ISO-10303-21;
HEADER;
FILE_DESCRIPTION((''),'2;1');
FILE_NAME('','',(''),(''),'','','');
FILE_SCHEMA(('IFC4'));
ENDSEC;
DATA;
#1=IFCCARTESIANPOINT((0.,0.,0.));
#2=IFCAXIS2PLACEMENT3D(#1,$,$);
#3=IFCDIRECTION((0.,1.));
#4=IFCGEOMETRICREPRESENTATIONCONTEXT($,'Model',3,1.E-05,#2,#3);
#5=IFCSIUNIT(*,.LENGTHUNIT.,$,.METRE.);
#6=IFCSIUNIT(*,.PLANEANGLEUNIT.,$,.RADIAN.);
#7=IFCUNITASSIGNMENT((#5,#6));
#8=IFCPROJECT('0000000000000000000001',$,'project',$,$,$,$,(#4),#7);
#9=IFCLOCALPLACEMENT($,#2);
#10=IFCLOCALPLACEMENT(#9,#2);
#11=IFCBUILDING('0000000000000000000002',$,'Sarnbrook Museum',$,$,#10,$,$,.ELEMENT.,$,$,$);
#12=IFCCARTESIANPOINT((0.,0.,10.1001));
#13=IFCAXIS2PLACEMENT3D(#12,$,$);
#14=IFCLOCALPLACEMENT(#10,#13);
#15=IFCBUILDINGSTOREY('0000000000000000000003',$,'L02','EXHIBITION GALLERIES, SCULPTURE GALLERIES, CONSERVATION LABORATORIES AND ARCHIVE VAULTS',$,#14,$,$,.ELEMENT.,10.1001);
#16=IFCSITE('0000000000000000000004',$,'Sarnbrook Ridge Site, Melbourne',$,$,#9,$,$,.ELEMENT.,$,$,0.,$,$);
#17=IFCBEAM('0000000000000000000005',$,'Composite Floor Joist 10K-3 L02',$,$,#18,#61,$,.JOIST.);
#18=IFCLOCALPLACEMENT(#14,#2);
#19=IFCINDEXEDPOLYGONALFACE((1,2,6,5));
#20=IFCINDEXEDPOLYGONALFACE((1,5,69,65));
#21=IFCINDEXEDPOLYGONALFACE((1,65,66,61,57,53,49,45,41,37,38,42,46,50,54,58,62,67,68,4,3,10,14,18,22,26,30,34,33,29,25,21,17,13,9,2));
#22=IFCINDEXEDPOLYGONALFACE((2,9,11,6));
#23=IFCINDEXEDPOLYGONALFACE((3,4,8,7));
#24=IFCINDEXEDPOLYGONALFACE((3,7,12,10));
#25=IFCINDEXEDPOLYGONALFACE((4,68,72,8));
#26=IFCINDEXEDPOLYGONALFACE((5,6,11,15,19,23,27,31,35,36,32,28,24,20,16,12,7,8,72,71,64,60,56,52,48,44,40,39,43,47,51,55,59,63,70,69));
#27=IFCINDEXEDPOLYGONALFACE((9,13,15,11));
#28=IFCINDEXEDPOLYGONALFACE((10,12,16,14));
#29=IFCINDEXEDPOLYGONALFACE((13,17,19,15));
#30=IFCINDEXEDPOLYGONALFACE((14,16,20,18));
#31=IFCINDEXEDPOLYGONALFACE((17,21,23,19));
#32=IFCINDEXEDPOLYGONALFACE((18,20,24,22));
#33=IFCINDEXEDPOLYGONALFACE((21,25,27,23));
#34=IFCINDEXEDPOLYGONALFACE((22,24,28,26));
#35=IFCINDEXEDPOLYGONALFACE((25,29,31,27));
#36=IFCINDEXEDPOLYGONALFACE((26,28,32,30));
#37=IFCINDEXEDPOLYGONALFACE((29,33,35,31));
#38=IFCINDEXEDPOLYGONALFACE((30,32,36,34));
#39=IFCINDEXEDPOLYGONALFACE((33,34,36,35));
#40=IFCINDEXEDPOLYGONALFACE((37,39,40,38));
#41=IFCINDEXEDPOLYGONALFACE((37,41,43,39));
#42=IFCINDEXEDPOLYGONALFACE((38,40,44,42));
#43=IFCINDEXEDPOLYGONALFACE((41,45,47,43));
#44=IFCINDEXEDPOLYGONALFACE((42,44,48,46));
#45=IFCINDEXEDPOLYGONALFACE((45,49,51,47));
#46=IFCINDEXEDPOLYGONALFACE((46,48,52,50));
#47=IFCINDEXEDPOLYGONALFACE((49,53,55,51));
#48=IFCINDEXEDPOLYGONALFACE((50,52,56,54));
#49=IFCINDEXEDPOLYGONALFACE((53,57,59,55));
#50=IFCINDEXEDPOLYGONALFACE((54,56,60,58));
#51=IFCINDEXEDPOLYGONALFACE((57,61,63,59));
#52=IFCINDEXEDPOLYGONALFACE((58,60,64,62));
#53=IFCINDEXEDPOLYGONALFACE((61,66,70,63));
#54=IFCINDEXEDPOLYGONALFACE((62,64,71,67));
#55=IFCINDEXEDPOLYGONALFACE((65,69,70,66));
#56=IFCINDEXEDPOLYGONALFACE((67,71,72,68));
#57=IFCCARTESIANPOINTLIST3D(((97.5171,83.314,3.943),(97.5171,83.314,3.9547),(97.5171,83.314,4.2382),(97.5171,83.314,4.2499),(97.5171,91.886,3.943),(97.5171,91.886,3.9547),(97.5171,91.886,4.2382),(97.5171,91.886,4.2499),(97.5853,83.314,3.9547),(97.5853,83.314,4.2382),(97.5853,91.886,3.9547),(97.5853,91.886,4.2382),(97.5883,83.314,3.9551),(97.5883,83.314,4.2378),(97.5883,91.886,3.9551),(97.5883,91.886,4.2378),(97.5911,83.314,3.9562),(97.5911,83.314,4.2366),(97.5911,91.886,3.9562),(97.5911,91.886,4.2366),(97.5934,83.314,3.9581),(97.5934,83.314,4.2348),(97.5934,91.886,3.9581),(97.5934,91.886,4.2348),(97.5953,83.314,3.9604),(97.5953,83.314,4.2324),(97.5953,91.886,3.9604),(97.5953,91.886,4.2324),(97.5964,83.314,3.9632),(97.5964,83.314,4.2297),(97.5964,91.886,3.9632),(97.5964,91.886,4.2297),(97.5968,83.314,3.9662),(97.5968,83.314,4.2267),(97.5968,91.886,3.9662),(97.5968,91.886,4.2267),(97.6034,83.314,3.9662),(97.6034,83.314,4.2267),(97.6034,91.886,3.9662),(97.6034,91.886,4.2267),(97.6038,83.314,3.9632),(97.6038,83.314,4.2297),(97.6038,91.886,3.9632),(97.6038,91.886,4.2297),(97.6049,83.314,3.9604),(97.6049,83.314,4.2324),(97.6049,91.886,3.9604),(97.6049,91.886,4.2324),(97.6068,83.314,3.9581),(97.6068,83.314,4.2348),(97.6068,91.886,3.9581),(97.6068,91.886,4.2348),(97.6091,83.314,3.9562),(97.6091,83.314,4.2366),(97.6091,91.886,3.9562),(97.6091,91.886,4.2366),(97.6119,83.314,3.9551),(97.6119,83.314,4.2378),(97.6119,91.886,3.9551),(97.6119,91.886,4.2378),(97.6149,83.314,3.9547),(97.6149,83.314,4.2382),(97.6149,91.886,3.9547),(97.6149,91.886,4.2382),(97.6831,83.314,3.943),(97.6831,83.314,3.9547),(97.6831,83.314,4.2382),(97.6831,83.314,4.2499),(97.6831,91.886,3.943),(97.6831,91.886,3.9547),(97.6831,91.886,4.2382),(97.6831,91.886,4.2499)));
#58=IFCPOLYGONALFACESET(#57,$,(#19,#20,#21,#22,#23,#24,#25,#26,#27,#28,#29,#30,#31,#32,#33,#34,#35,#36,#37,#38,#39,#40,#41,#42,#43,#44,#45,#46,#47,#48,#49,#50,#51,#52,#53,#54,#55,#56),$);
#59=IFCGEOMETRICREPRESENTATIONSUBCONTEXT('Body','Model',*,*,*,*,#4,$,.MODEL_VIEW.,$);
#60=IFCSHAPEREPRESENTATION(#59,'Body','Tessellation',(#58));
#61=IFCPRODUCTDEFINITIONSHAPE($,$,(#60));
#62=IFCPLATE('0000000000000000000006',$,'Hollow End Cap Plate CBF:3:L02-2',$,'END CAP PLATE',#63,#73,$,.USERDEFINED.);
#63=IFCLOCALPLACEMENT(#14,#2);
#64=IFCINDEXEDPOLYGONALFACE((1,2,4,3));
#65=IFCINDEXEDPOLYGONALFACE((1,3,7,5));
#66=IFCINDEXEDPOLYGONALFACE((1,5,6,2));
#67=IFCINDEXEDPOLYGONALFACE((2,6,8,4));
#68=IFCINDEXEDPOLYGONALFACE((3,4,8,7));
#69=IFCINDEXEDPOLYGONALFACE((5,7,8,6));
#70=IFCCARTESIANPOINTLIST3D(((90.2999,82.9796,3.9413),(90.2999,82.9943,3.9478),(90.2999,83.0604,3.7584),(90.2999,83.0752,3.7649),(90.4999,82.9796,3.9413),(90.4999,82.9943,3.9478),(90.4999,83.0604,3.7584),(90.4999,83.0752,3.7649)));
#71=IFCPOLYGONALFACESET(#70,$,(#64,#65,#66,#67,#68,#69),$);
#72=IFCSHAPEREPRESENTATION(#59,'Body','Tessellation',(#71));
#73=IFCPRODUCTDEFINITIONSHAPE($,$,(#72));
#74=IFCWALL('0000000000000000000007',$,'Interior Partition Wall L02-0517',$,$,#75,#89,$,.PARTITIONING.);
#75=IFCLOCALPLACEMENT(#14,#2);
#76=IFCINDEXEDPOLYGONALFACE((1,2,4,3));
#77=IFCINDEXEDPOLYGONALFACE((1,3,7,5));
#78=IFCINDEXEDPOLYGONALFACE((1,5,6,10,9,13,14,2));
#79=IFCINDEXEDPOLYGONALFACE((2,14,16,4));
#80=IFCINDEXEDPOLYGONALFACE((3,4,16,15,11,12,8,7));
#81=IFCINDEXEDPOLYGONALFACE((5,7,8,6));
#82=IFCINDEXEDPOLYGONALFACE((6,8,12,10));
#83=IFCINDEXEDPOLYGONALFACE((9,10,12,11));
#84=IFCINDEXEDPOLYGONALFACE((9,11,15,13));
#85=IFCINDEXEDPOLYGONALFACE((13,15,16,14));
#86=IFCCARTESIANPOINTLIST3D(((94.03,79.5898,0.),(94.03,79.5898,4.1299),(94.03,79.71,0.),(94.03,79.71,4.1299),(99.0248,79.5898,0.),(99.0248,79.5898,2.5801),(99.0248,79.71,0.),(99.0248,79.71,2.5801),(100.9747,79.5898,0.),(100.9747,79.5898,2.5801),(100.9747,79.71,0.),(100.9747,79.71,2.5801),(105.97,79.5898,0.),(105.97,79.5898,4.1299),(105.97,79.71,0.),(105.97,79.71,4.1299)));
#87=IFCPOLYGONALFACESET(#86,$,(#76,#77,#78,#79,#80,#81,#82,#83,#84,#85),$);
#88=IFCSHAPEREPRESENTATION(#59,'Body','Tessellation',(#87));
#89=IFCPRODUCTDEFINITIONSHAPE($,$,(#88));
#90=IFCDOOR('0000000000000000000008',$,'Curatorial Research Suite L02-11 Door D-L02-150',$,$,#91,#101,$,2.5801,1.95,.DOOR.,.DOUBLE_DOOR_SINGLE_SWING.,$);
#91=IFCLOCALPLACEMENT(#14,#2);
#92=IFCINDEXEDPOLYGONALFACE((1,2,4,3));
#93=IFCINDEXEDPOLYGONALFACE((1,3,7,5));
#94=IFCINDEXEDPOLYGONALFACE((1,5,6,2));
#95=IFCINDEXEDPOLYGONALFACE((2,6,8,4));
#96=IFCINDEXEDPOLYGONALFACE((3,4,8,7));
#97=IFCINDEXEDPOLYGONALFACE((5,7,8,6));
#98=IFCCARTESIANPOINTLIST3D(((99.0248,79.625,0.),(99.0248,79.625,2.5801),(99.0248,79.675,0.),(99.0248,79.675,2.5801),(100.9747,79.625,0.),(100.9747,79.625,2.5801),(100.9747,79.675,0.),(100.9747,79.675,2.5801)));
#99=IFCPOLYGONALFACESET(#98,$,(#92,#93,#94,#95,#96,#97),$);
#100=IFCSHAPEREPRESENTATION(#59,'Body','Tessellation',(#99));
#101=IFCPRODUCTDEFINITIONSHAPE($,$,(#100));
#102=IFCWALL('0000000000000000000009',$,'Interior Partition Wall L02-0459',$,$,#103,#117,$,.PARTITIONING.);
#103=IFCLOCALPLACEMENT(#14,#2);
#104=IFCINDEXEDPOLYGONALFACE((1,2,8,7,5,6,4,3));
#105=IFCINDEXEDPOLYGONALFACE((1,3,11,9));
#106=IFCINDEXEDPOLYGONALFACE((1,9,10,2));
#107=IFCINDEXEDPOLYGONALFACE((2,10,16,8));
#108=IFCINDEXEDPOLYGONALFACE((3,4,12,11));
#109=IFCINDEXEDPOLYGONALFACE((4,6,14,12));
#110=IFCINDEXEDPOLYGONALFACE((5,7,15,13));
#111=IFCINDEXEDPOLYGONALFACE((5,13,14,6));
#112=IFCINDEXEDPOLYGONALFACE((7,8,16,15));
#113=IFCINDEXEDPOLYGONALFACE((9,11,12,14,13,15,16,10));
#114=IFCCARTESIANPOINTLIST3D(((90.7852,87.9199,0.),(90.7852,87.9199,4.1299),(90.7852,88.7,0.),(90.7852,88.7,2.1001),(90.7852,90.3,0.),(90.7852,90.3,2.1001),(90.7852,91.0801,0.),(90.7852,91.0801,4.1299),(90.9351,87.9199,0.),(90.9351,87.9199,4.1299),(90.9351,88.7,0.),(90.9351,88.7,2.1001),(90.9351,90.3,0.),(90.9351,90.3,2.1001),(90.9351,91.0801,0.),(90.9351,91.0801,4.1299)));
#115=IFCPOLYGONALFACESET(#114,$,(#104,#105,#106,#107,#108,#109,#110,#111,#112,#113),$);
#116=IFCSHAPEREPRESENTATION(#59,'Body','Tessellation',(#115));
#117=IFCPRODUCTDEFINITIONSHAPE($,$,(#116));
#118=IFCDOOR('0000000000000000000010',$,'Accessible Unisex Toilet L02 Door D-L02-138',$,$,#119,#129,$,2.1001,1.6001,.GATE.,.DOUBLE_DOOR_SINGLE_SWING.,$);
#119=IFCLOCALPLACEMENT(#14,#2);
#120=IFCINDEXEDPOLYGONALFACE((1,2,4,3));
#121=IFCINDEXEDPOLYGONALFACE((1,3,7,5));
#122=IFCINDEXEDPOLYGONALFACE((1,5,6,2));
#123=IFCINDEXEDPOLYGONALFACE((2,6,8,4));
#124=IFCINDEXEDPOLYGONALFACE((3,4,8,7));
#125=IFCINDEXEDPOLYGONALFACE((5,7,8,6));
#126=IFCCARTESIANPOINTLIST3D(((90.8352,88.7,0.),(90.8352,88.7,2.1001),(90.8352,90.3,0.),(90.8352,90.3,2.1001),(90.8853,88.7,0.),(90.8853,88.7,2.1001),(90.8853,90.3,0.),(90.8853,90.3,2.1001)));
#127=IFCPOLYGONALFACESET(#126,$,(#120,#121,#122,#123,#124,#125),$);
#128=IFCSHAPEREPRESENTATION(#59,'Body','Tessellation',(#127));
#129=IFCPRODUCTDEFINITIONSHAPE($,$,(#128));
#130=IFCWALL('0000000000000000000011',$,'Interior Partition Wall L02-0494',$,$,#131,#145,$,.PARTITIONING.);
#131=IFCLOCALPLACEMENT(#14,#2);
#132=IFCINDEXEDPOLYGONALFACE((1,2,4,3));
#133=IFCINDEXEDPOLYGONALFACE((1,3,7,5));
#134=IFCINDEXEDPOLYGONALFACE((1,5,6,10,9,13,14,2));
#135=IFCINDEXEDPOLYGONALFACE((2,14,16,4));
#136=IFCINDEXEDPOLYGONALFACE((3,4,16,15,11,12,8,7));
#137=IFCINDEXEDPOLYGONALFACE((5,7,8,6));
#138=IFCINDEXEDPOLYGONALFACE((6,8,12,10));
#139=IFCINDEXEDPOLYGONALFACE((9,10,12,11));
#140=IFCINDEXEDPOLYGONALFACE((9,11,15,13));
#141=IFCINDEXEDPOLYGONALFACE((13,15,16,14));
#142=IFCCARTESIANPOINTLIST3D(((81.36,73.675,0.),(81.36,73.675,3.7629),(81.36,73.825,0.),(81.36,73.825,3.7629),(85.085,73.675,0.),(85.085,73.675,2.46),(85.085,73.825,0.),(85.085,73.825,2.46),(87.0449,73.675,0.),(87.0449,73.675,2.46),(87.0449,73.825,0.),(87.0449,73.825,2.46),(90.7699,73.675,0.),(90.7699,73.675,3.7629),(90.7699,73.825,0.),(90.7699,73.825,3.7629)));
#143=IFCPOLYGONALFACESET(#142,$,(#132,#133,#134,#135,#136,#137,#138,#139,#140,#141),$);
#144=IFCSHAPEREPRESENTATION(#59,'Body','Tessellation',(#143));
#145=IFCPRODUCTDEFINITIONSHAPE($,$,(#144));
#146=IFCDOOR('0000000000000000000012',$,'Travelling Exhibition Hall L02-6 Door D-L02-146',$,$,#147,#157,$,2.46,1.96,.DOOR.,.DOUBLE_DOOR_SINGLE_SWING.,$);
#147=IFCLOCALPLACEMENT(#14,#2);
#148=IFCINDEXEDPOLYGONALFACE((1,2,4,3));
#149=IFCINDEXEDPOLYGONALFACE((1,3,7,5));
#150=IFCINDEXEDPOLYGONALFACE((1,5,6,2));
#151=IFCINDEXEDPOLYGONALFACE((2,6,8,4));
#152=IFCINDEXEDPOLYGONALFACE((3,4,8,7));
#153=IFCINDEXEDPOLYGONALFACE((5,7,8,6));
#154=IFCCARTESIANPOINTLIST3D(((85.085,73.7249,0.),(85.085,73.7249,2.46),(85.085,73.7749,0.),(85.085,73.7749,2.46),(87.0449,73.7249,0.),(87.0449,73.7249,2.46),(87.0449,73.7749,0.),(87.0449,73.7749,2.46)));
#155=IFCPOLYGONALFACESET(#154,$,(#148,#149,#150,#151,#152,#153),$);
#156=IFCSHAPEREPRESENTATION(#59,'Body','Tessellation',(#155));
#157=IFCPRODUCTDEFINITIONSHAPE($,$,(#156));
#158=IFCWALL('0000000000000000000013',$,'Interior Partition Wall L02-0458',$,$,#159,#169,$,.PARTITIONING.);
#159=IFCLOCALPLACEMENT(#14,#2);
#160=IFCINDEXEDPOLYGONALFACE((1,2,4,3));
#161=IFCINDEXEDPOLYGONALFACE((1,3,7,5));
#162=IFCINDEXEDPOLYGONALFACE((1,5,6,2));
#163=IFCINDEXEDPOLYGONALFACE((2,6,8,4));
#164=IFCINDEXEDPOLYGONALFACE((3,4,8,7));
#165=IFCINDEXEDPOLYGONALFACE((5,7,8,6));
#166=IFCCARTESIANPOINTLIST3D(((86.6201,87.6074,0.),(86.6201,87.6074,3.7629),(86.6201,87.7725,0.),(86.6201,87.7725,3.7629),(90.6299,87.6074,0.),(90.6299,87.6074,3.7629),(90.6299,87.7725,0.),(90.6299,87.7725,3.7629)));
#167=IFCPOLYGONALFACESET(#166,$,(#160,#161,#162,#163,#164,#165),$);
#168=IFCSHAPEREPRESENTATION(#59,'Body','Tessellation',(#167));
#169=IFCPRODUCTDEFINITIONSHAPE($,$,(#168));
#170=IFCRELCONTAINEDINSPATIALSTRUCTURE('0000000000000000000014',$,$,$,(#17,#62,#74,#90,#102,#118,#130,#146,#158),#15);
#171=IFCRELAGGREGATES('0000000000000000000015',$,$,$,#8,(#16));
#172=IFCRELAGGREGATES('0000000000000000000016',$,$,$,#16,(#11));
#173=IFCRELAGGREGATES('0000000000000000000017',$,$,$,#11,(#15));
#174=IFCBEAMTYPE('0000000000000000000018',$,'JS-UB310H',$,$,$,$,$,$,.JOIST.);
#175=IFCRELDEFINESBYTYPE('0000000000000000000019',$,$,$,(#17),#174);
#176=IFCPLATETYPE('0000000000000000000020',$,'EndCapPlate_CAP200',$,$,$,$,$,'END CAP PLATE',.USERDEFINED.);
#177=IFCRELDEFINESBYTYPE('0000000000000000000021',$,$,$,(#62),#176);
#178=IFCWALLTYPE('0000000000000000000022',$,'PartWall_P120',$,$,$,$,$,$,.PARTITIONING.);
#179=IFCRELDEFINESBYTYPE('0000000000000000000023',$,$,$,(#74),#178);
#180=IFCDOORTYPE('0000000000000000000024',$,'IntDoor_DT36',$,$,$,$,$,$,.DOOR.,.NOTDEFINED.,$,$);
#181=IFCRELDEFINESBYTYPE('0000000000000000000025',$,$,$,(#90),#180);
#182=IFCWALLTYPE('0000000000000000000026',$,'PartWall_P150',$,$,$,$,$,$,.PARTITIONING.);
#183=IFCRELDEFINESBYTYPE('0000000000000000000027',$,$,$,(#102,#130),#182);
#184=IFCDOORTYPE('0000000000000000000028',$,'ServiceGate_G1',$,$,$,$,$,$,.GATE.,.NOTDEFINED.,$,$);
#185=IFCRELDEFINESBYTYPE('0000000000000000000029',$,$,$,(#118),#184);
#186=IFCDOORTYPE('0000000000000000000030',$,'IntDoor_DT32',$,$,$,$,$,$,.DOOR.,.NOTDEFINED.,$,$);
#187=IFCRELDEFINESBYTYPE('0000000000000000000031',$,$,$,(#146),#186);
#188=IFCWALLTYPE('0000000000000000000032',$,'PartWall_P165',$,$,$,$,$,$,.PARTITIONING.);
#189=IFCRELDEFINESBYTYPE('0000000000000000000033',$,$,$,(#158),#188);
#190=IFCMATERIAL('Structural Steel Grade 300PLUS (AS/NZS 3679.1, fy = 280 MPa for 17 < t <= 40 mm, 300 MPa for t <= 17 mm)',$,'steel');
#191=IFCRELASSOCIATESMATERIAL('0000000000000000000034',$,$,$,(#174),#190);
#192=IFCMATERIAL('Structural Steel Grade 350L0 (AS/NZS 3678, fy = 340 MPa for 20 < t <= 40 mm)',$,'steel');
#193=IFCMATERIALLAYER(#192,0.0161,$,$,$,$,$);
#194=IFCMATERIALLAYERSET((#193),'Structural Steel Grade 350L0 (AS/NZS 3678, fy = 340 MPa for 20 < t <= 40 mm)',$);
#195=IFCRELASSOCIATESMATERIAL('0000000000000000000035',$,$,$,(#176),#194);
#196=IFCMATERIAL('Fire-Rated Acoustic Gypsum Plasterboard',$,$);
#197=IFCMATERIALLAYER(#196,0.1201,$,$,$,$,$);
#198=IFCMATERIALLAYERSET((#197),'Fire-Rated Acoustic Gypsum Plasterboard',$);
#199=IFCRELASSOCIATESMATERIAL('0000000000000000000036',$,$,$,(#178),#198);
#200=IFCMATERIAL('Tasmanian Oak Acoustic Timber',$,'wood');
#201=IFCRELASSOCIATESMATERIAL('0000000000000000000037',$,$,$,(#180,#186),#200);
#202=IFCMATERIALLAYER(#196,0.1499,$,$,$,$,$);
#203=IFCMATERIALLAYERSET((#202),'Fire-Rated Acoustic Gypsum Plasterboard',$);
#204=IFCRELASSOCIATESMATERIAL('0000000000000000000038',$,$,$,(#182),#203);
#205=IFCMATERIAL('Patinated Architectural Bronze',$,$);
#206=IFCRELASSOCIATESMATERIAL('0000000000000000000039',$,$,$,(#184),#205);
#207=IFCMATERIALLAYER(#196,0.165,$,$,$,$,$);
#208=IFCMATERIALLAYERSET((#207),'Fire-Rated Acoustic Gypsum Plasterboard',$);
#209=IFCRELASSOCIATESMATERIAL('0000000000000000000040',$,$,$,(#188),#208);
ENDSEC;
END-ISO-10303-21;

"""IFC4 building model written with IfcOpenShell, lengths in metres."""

from ifc_helpers import new_model, si_unit, direction, frame, frame_2d, origin, origin_2d, place, context, subcontext, project, spatial, rectangle, i_section, extrude, material, layer, layer_set, material_profile, profile_set, type_object, element, fill, save


model = new_model("IFC4")

# Units and contexts
model_context = context("Model", 3, precision=1e-05, world=origin(), true_north=direction((0.0, 1.0)))
body_context = subcontext(model_context, "Body", "Model", "MODEL_VIEW")
ifc_project = project(units=[si_unit("LENGTHUNIT", "METRE"), si_unit("PLANEANGLEUNIT", "RADIAN")], contexts=[model_context])

# Site, building, storey
site_placement = place(None, origin())
site = spatial("IfcSite", under=ifc_project, at=site_placement, Name="Sarnbrook Ridge Site, Melbourne", CompositionType="ELEMENT", RefElevation=0.0)
building_placement = place(site_placement, origin())
building = spatial("IfcBuilding", under=site, at=building_placement, Name="Sarnbrook Museum", CompositionType="ELEMENT")
storey_placement = place(building_placement, frame((0.0, 0.0, 10.1001)))
storey = spatial("IfcBuildingStorey", under=building, at=storey_placement, Name="L02", Description="EXHIBITION GALLERIES, SCULPTURE GALLERIES, CONSERVATION LABORATORIES AND ARCHIVE VAULTS", CompositionType="ELEMENT", Elevation=10.1001)

# Shared definitions
ifc_material_1 = material(Name="Structural Steel Grade 350L0 (AS/NZS 3678, fy = 340 MPa for 20 < t <= 40 mm)", Category="steel")

# Beam
ifc_material_2 = material(Name="Structural Steel Grade 300PLUS (AS/NZS 3679.1, fy = 280 MPa for 17 < t <= 40 mm, 300 MPa for t <= 17 mm)", Category="steel")
ifc_material_profile_1 = material_profile(ifc_material_2, i_section(OverallWidth=0.166, OverallDepth=0.3069, WebThickness=0.0066, FlangeThickness=0.0117, FilletRadius=0.0115, at=origin_2d()), Name="310UB46.2")
ifc_profile_set_1 = profile_set([ifc_material_profile_1], Name="Structural Steel Grade 300PLUS (AS/NZS 3679.1, fy = 280 MPa for 17 < t <= 40 mm, 300 MPa for t <= 17 mm)")
beam_type_1 = type_object("IfcBeamType", Name="JS-UB310H", PredefinedType="JOIST", material=ifc_profile_set_1)
for number, where, z_axis, x_axis, name in (
    (1, (97.6001, 83.314, 4.0964), (0.0, 1.0, 0.0), (-1.0, 0.0, 0.0), "Composite Floor Joist 10K-3 L02"),
):
    element("IfcBeam", number, at=place(storey_placement, frame(where, z_axis=z_axis, x_axis=x_axis)), inside=storey, type_object=beam_type_1, Name=name, PredefinedType="JOIST", context=body_context, shape_type="SweptSolid", body=[
        extrude(i_section(OverallWidth=0.166, OverallDepth=0.3069, WebThickness=0.0066, FlangeThickness=0.0117, FilletRadius=0.0115, at=origin_2d()), origin(), (0.0, 0.0, 1.0), 8.572),
    ])

# Plate
ifc_layer_1 = layer(ifc_material_1, 0.0161)
ifc_layer_set_1 = layer_set([ifc_layer_1], Name="Structural Steel Grade 350L0 (AS/NZS 3678, fy = 340 MPa for 20 < t <= 40 mm)")
plate_type = type_object("IfcPlateType", Name="EndCapPlate_CAP200", ElementType="END CAP PLATE", PredefinedType="USERDEFINED", material=ifc_layer_set_1)
plate_placement = place(storey_placement, frame((90.3999, 83.02, 3.8499), z_axis=(0.0, 0.914659, 0.404227), x_axis=(-1.0, 0.0, 0.0)))
element("IfcPlate", 2, at=plate_placement, inside=storey, type_object=plate_type, Name="Hollow End Cap Plate CBF:3:L02-2", ObjectType="END CAP PLATE", PredefinedType="USERDEFINED", context=body_context, shape_type="SweptSolid", body=[
    extrude(rectangle(XDim=0.2, YDim=0.2, at=origin_2d()), origin(), (0.0, 0.0, 1.0), 0.0161),
])

# Walls, openings, doors
ifc_material_3 = material(Name="Fire-Rated Acoustic Gypsum Plasterboard")
ifc_layer_2 = layer(ifc_material_3, 0.1201)
ifc_layer_set_2 = layer_set([ifc_layer_2], Name="Fire-Rated Acoustic Gypsum Plasterboard")
wall_type_1 = type_object("IfcWallType", Name="PartWall_P120", PredefinedType="PARTITIONING", material=ifc_layer_set_2)
wall_1_placement = place(storey_placement, frame((105.97, 79.6499, 0.0), z_axis=(0.0, 0.0, 1.0), x_axis=(-1.0, 0.0, 0.0)))
wall_1 = element("IfcWall", 3, at=wall_1_placement, inside=storey, type_object=wall_type_1, Name="Interior Partition Wall L02-0517", PredefinedType="PARTITIONING", context=body_context, shape_type="SweptSolid", body=[
    extrude(rectangle(XDim=11.9399, YDim=0.1201, at=frame_2d((5.97, 0.0))), origin(), (0.0, 0.0, 1.0), 4.1299),
])
opening_1_placement = place(wall_1_placement, frame((4.9951, 0.0, 0.0)))
opening_1 = element("IfcOpeningElement", 4, at=opening_1_placement, cuts=wall_1, PredefinedType="OPENING", context=body_context, shape_type="SweptSolid", body=[
    extrude(rectangle(XDim=1.95, YDim=2.5801, at=frame_2d((0.9751, 1.29))), frame((0.0, 0.0701, 0.0), z_axis=(0.0, -1.0, 0.0), x_axis=(1.0, 0.0, 0.0)), (0.0, 0.0, 1.0), 0.1401),
])
ifc_material_4 = material(Name="Tasmanian Oak Acoustic Timber", Category="wood")
door_type_1 = type_object("IfcDoorType", Name="IntDoor_DT36", OperationType="NOTDEFINED", PredefinedType="DOOR", material=ifc_material_4)
door_1_placement = place(opening_1_placement, origin())
door_1 = element("IfcDoor", 5, at=door_1_placement, inside=storey, type_object=door_type_1, Name="Curatorial Research Suite L02-11 Door D-L02-150", OperationType="DOUBLE_DOOR_SINGLE_SWING", OverallHeight=2.5801, OverallWidth=1.95, PredefinedType="DOOR", context=body_context, shape_type="SweptSolid", body=[
    extrude(rectangle(XDim=1.95, YDim=2.5801, at=frame_2d((0.9751, 1.29))), frame((0.0, 0.0249, 0.0), z_axis=(0.0, -1.0, 0.0), x_axis=(1.0, 0.0, 0.0)), (0.0, 0.0, 1.0), 0.05),
])
fill(opening_1, door_1)
ifc_layer_3 = layer(ifc_material_3, 0.1499)
ifc_layer_set_3 = layer_set([ifc_layer_3], Name="Fire-Rated Acoustic Gypsum Plasterboard")
wall_type_2 = type_object("IfcWallType", Name="PartWall_P150", PredefinedType="PARTITIONING", material=ifc_layer_set_3)
wall_2_placement = place(storey_placement, frame((90.8601, 91.0801, 0.0), z_axis=(0.0, 0.0, 1.0), x_axis=(0.0, -1.0, 0.0)))
wall_2 = element("IfcWall", 6, at=wall_2_placement, inside=storey, type_object=wall_type_2, Name="Interior Partition Wall L02-0459", PredefinedType="PARTITIONING", context=body_context, shape_type="SweptSolid", body=[
    extrude(rectangle(XDim=3.1602, YDim=0.1499, at=frame_2d((1.5801, 0.0))), origin(), (0.0, 0.0, 1.0), 4.1299),
])
opening_2_placement = place(wall_2_placement, frame((0.78, 0.0, 0.0)))
opening_2 = element("IfcOpeningElement", 7, at=opening_2_placement, cuts=wall_2, PredefinedType="OPENING", context=body_context, shape_type="SweptSolid", body=[
    extrude(rectangle(XDim=1.6001, YDim=2.1001, at=frame_2d((0.8, 1.05))), frame((0.0, 0.085, 0.0), z_axis=(0.0, -1.0, 0.0), x_axis=(1.0, 0.0, 0.0)), (0.0, 0.0, 1.0), 0.1699),
])
ifc_material_5 = material(Name="Patinated Architectural Bronze")
door_type_2 = type_object("IfcDoorType", Name="ServiceGate_G1", OperationType="NOTDEFINED", PredefinedType="GATE", material=ifc_material_5)
door_2_placement = place(opening_2_placement, frame((1.6001, 0.0, 0.0), z_axis=(0.0, 0.0, 1.0), x_axis=(-1.0, 0.0, 0.0)))
door_2 = element("IfcDoor", 8, at=door_2_placement, inside=storey, type_object=door_type_2, Name="Accessible Unisex Toilet L02 Door D-L02-138", OperationType="DOUBLE_DOOR_SINGLE_SWING", OverallHeight=2.1001, OverallWidth=1.6001, PredefinedType="GATE", context=body_context, shape_type="SweptSolid", body=[
    extrude(rectangle(XDim=1.6001, YDim=2.1001, at=frame_2d((0.8, 1.05))), frame((0.0, 0.0249, 0.0), z_axis=(0.0, -1.0, 0.0), x_axis=(1.0, 0.0, 0.0)), (0.0, 0.0, 1.0), 0.05),
])
fill(opening_2, door_2)
wall_3_placement = place(storey_placement, frame((90.77, 73.75, 0.0), z_axis=(0.0, 0.0, 1.0), x_axis=(-1.0, 0.0, 0.0)))
wall_3 = element("IfcWall", 9, at=wall_3_placement, inside=storey, type_object=wall_type_2, Name="Interior Partition Wall L02-0494", PredefinedType="PARTITIONING", context=body_context, shape_type="SweptSolid", body=[
    extrude(rectangle(XDim=9.4099, YDim=0.1499, at=frame_2d((4.7051, 0.0))), origin(), (0.0, 0.0, 1.0), 3.7629),
])
opening_3_placement = place(wall_3_placement, frame((3.7251, 0.0, 0.0)))
opening_3 = element("IfcOpeningElement", 10, at=opening_3_placement, cuts=wall_3, PredefinedType="OPENING", context=body_context, shape_type="SweptSolid", body=[
    extrude(rectangle(XDim=1.96, YDim=2.46, at=frame_2d((0.98, 1.23))), frame((0.0, 0.085, 0.0), z_axis=(0.0, -1.0, 0.0), x_axis=(1.0, 0.0, 0.0)), (0.0, 0.0, 1.0), 0.1699),
])
door_type_3 = type_object("IfcDoorType", Name="IntDoor_DT32", OperationType="NOTDEFINED", PredefinedType="DOOR", material=ifc_material_4)
door_3_placement = place(opening_3_placement, frame((1.96, 0.0, 0.0), z_axis=(0.0, 0.0, 1.0), x_axis=(-1.0, 0.0, 0.0)))
door_3 = element("IfcDoor", 11, at=door_3_placement, inside=storey, type_object=door_type_3, Name="Travelling Exhibition Hall L02-6 Door D-L02-146", OperationType="DOUBLE_DOOR_SINGLE_SWING", OverallHeight=2.46, OverallWidth=1.96, PredefinedType="DOOR", context=body_context, shape_type="SweptSolid", body=[
    extrude(rectangle(XDim=1.96, YDim=2.46, at=frame_2d((0.98, 1.23))), frame((0.0, 0.0249, 0.0), z_axis=(0.0, -1.0, 0.0), x_axis=(1.0, 0.0, 0.0)), (0.0, 0.0, 1.0), 0.05),
])
fill(opening_3, door_3)

# Wall
ifc_layer_4 = layer(ifc_material_3, 0.165)
ifc_layer_set_4 = layer_set([ifc_layer_4], Name="Fire-Rated Acoustic Gypsum Plasterboard")
wall_type_3 = type_object("IfcWallType", Name="PartWall_P165", PredefinedType="PARTITIONING", material=ifc_layer_set_4)
wall_4_placement = place(storey_placement, frame((90.6299, 87.6899, 0.0), z_axis=(0.0, 0.0, 1.0), x_axis=(-1.0, 0.0, 0.0)))
element("IfcWall", 12, at=wall_4_placement, inside=storey, type_object=wall_type_3, Name="Interior Partition Wall L02-0458", PredefinedType="PARTITIONING", context=body_context, shape_type="SweptSolid", body=[
    extrude(rectangle(XDim=4.0098, YDim=0.165, at=frame_2d((2.0049, 0.0))), origin(), (0.0, 0.0, 1.0), 3.7629),
])

save(model, "model.ifc")
